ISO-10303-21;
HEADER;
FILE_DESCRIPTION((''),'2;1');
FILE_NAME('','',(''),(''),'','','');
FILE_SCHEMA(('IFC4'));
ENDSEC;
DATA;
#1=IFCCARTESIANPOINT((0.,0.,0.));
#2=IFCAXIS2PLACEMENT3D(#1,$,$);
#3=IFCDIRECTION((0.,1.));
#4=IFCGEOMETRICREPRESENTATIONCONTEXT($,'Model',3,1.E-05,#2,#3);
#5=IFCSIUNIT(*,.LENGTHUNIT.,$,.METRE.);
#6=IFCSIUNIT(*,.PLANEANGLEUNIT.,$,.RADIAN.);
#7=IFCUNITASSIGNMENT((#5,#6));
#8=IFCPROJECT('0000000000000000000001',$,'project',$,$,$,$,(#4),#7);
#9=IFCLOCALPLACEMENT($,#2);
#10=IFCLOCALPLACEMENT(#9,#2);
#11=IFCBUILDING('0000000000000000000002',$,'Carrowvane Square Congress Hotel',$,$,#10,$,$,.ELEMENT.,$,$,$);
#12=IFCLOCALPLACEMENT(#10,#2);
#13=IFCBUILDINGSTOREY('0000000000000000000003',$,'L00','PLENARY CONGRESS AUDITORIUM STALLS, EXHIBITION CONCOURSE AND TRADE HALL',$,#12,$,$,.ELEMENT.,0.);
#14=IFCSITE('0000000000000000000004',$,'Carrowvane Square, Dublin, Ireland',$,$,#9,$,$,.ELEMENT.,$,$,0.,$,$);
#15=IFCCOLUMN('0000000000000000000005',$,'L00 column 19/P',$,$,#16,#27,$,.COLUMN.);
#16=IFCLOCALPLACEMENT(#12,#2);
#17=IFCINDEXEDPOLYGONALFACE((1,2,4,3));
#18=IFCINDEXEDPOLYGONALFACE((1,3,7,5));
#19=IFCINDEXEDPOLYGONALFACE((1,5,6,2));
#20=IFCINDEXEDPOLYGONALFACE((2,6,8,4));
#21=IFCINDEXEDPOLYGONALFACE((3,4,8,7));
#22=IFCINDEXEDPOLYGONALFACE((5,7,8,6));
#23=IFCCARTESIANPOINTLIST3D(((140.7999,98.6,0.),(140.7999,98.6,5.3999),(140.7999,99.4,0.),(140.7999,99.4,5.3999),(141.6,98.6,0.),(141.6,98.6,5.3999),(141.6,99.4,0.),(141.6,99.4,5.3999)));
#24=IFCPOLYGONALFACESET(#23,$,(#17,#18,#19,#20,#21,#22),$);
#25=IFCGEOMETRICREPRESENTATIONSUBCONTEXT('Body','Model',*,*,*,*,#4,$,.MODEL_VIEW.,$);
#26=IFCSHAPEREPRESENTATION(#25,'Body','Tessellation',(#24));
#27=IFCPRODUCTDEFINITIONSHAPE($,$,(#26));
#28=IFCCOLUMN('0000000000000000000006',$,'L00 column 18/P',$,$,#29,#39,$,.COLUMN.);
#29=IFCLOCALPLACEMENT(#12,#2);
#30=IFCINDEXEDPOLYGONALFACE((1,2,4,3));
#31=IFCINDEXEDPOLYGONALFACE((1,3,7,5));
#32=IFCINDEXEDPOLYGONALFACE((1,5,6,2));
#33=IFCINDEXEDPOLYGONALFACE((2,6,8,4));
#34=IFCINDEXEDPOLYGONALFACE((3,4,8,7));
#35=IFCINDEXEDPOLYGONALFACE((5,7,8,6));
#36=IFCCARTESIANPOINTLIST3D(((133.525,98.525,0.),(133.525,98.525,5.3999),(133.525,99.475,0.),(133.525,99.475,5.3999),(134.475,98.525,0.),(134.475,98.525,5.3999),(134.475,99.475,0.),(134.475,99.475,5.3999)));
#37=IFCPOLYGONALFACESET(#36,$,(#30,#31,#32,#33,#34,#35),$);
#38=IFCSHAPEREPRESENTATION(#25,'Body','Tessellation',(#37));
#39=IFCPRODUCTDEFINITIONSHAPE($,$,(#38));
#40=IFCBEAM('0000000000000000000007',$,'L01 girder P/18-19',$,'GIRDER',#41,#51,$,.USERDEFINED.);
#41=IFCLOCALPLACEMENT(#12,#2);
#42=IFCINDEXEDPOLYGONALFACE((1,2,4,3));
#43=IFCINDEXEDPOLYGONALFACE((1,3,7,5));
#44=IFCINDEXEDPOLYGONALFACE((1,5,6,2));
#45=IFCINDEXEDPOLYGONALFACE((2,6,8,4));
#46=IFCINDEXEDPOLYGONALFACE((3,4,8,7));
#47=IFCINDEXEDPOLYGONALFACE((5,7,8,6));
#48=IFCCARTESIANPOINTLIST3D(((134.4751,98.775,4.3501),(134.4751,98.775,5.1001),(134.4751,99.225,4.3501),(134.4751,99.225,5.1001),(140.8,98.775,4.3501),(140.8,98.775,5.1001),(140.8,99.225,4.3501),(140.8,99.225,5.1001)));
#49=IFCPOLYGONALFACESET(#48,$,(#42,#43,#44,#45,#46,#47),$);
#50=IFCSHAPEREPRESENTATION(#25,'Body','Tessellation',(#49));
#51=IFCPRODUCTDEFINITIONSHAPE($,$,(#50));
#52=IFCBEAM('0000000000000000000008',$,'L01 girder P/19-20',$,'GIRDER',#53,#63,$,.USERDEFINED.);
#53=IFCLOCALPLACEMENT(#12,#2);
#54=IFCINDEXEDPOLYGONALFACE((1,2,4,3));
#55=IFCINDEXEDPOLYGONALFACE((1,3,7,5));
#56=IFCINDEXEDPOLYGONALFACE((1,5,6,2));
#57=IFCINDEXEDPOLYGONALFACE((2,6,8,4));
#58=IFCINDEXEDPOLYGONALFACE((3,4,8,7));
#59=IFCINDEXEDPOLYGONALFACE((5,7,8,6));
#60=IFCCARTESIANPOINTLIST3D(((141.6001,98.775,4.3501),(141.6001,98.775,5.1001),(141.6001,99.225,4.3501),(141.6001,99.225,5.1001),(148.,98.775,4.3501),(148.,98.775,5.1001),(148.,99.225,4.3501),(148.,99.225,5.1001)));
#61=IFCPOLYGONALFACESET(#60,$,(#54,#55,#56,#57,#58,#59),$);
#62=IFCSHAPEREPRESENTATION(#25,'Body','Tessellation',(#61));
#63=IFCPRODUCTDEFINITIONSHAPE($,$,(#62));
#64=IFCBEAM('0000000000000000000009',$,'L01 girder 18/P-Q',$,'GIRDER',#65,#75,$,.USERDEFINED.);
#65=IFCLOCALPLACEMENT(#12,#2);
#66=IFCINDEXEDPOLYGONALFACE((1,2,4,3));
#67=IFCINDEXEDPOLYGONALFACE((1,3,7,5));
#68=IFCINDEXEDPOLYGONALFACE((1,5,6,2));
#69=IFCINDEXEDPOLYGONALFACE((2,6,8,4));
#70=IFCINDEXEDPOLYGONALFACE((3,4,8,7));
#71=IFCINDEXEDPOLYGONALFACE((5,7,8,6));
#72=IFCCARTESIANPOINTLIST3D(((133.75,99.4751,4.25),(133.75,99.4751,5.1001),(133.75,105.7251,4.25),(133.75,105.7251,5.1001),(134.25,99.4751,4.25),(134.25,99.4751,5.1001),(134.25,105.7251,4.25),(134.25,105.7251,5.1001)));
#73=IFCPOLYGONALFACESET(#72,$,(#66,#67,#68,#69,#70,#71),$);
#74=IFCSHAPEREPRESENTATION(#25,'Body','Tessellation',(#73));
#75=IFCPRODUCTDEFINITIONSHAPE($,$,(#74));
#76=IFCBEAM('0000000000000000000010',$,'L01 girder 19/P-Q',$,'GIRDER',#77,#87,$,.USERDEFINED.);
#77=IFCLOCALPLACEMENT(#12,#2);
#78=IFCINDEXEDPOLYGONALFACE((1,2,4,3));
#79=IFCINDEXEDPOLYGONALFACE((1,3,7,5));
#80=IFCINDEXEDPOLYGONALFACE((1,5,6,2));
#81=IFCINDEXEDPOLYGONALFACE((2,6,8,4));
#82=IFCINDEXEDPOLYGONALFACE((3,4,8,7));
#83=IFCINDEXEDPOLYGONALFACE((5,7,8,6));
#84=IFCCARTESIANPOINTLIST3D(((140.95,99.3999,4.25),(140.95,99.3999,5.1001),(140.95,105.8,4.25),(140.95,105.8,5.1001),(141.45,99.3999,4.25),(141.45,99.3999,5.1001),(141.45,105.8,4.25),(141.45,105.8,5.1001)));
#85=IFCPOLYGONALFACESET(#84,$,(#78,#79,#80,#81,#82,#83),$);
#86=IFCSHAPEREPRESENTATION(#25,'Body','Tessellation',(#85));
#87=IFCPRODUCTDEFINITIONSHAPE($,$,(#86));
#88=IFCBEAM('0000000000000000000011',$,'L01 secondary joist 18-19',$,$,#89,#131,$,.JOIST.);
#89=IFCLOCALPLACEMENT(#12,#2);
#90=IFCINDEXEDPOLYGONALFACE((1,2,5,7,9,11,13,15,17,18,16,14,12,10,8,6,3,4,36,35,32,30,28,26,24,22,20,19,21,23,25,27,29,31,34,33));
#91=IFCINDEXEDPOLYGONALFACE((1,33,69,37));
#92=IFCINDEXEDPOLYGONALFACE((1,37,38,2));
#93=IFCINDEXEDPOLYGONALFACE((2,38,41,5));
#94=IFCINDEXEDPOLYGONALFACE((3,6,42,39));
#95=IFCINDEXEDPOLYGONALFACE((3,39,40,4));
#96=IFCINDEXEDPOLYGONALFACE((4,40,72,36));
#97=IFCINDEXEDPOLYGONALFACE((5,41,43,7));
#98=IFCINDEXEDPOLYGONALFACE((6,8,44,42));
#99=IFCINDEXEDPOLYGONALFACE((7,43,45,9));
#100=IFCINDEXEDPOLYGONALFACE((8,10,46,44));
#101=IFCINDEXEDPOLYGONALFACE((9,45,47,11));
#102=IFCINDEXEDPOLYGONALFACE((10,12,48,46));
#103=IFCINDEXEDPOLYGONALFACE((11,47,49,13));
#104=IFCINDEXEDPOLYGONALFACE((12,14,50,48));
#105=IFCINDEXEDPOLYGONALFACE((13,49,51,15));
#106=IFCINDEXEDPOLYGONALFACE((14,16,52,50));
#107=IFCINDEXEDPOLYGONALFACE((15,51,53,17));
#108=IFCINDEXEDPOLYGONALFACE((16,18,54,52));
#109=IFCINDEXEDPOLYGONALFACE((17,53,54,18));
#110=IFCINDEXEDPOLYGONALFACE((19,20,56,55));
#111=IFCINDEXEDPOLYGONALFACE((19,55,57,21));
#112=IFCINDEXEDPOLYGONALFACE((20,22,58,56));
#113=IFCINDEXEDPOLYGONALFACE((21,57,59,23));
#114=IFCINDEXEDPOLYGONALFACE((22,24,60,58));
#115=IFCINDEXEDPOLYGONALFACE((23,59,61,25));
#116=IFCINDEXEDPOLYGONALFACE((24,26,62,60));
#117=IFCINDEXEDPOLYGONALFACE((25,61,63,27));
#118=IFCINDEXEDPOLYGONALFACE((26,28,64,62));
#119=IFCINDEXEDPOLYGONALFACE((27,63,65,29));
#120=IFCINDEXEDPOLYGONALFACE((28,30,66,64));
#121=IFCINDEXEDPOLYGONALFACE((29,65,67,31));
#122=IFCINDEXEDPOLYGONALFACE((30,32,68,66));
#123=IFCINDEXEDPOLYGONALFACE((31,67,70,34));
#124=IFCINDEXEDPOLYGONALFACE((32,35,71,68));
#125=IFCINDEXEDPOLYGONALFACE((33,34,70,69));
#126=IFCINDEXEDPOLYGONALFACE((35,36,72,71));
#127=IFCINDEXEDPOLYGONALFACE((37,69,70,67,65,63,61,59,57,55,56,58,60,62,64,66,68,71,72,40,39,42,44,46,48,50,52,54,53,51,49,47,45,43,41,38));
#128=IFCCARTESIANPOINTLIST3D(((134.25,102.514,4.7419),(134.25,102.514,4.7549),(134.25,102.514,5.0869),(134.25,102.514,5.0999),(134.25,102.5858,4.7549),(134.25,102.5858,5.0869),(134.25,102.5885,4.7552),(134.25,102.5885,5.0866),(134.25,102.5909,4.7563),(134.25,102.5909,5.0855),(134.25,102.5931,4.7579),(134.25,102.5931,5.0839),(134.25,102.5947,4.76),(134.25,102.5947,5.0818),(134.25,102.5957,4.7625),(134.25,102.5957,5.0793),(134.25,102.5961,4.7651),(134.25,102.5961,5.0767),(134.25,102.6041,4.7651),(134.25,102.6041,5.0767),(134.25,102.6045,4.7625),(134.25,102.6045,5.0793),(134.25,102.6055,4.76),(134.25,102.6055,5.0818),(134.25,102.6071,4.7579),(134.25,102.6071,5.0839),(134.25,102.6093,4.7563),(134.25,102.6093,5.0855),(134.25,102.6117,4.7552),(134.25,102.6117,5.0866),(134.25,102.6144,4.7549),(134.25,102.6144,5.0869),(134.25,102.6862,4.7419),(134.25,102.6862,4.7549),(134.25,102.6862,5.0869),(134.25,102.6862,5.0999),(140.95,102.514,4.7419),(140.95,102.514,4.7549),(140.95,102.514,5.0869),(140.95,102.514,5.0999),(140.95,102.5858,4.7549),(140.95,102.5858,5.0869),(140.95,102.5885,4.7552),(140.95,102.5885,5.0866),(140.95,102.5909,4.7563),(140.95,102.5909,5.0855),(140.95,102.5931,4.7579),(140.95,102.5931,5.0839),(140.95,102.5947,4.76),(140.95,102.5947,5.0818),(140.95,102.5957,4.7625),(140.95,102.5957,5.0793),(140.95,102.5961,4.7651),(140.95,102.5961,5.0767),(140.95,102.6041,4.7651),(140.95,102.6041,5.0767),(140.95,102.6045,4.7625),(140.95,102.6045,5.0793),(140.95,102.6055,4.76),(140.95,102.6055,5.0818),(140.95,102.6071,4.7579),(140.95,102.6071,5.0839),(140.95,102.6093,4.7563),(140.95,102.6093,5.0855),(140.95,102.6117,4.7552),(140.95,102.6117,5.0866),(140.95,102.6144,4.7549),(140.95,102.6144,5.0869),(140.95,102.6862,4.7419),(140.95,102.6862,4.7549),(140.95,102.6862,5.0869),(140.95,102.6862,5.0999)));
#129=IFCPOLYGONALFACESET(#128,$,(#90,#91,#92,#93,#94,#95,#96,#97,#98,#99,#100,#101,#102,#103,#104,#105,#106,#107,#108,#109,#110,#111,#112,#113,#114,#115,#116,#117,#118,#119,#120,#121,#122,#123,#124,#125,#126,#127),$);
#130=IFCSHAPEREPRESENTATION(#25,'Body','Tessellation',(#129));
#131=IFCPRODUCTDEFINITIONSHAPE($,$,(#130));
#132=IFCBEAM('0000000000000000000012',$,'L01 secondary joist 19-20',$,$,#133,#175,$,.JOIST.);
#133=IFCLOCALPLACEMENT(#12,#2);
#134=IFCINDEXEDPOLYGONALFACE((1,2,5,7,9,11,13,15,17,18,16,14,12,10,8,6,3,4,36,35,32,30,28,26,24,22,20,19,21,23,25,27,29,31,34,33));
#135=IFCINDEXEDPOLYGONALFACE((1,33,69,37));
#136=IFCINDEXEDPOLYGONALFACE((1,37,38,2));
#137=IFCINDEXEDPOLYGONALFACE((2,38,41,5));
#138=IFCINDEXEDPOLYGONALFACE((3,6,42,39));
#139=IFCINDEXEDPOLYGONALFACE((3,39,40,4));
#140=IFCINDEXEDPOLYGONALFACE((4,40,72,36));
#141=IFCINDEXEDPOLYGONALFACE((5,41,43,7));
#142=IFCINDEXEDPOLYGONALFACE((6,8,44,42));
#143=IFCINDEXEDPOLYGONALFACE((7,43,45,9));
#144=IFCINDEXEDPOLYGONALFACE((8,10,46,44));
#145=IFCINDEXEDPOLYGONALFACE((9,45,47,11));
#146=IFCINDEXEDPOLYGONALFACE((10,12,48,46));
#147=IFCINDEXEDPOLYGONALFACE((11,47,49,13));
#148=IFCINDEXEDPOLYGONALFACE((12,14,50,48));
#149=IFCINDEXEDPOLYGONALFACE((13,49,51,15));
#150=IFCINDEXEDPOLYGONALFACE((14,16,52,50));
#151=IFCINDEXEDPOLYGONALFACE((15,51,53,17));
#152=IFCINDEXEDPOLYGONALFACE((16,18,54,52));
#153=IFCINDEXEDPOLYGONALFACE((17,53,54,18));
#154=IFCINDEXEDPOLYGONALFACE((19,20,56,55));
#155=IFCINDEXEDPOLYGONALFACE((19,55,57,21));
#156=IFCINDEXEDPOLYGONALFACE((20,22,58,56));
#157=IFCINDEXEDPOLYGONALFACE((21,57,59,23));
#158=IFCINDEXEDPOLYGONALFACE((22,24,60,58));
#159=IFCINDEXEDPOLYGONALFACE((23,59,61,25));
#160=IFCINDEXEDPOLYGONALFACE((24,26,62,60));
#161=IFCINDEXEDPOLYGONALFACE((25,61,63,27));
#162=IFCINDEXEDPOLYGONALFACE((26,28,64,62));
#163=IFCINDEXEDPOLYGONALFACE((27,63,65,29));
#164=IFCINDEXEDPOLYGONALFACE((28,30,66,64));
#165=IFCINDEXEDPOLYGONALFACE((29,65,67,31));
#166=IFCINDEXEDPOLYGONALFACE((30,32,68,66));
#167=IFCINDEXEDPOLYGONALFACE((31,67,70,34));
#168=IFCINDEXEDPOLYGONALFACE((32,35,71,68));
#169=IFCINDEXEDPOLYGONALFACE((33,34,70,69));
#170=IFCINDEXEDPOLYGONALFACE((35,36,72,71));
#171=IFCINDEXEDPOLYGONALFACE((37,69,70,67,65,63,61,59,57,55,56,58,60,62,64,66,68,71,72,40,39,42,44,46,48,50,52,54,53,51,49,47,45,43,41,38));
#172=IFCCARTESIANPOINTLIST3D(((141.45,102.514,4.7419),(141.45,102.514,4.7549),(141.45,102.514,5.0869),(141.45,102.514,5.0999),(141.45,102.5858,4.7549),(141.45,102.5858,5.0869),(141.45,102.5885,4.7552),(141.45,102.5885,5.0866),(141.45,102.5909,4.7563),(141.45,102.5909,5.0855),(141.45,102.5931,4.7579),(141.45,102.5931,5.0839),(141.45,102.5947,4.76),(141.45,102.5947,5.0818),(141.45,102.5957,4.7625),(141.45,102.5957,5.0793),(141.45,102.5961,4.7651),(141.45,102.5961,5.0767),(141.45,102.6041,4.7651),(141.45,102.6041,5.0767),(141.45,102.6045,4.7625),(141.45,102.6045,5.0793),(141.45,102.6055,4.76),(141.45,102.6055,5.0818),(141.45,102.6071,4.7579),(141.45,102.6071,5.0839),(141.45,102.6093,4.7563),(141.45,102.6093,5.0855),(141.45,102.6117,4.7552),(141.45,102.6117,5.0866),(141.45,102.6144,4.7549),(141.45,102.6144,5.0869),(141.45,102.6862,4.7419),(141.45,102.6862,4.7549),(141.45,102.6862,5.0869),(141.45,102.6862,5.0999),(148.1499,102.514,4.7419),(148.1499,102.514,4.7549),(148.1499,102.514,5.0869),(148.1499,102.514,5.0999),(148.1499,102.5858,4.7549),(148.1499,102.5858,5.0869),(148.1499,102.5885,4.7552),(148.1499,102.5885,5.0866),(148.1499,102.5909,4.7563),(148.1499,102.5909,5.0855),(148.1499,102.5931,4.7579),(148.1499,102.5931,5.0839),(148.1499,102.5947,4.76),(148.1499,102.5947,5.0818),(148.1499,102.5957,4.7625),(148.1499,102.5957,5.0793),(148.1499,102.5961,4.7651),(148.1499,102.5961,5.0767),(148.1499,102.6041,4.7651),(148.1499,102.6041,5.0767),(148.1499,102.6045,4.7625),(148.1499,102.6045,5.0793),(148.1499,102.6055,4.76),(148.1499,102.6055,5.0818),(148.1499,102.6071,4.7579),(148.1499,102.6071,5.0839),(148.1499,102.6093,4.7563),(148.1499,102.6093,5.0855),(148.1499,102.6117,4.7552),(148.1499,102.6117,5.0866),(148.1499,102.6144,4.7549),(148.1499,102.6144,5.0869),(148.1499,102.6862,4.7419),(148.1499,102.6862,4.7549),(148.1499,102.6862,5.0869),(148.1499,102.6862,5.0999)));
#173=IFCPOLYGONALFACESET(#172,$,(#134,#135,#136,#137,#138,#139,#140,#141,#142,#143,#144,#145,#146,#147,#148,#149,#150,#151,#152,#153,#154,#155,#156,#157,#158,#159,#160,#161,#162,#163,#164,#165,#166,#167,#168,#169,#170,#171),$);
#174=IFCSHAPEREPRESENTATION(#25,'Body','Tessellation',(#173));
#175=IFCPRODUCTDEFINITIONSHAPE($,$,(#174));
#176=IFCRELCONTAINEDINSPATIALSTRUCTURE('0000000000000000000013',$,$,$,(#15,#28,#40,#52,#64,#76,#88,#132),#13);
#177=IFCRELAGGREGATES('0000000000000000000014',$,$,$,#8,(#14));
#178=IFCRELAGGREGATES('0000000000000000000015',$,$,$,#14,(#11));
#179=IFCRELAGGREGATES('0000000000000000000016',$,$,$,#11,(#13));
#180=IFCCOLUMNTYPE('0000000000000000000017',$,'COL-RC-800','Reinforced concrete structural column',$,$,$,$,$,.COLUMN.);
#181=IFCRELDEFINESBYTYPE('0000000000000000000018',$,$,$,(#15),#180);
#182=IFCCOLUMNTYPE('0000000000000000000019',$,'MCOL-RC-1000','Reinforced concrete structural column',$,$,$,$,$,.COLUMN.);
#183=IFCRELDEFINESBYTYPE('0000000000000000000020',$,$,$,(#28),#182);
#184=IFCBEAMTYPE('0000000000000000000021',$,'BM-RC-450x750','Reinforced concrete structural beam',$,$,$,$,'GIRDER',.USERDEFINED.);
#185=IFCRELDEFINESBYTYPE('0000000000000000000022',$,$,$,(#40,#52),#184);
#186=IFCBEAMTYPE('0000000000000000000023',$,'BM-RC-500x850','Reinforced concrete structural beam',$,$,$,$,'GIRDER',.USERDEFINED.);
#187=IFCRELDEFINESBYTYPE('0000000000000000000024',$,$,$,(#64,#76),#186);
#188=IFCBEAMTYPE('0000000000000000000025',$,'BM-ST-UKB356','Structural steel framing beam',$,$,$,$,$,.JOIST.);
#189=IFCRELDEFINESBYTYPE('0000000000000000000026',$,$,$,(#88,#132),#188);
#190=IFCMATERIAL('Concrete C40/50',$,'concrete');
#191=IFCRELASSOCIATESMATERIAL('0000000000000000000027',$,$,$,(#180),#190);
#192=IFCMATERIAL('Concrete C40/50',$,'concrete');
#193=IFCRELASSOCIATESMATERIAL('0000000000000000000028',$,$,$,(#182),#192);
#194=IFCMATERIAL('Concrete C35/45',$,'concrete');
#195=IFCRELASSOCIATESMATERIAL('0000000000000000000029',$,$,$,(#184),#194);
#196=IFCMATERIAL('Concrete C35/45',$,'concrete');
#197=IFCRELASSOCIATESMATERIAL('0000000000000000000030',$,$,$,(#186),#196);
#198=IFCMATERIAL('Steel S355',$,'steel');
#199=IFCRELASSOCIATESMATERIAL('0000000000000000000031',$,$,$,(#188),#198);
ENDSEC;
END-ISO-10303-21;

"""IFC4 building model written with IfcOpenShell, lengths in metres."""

from ifc_helpers import new_model, si_unit, direction, frame, origin, origin_2d, place, context, subcontext, project, spatial, rectangle, i_section, extrude, material, material_profile, profile_set, type_object, element, save


model = new_model("IFC4")

# Units and contexts
model_context = context("Model", 3, precision=1e-05, world=origin(), true_north=direction((0.0, 1.0)))
body_context = subcontext(model_context, "Body", "Model", "MODEL_VIEW")
ifc_project = project(units=[si_unit("LENGTHUNIT", "METRE"), si_unit("PLANEANGLEUNIT", "RADIAN")], contexts=[model_context])

# Site, building, storey
site_placement = place(None, origin())
site = spatial("IfcSite", under=ifc_project, at=site_placement, Name="Carrowvane Square, Dublin, Ireland", CompositionType="ELEMENT", RefElevation=0.0)
building_placement = place(site_placement, origin())
building = spatial("IfcBuilding", under=site, at=building_placement, Name="Carrowvane Square Congress Hotel", CompositionType="ELEMENT")
storey_placement = place(building_placement, origin())
storey = spatial("IfcBuildingStorey", under=building, at=storey_placement, Name="L00", Description="PLENARY CONGRESS AUDITORIUM STALLS, EXHIBITION CONCOURSE AND TRADE HALL", CompositionType="ELEMENT", Elevation=0.0)

# Columns
ifc_material_1 = material(Name="Concrete C40/50", Category="concrete")
ifc_material_profile_1 = material_profile(ifc_material_1, rectangle(XDim=0.8, YDim=0.8, at=origin_2d()), Name="RC 800x800")
ifc_profile_set_1 = profile_set([ifc_material_profile_1], Name="Concrete C40/50")
column_type_1 = type_object("IfcColumnType", Name="COL-RC-800", Description="Reinforced concrete structural column", PredefinedType="COLUMN", material=ifc_profile_set_1)
column_1_placement = place(storey_placement, frame((141.2, 99.0, 0.0), z_axis=(0.0, 0.0, 1.0), x_axis=(1.0, 0.0, 0.0)))
element("IfcColumn", 1, at=column_1_placement, inside=storey, type_object=column_type_1, Name="L00 column 19/P", PredefinedType="COLUMN", context=body_context, shape_type="SweptSolid", body=[
    extrude(rectangle(XDim=0.8, YDim=0.8, at=origin_2d()), origin(), (0.0, 0.0, 1.0), 5.3999),
])
ifc_material_2 = material(Name="Concrete C40/50", Category="concrete")
ifc_material_profile_2 = material_profile(ifc_material_2, rectangle(XDim=0.95, YDim=0.95, at=origin_2d()), Name="RC 950x950")
ifc_profile_set_2 = profile_set([ifc_material_profile_2], Name="Concrete C40/50")
column_type_2 = type_object("IfcColumnType", Name="MCOL-RC-1000", Description="Reinforced concrete structural column", PredefinedType="COLUMN", material=ifc_profile_set_2)
column_2_placement = place(storey_placement, frame((134.0, 99.0, 0.0), z_axis=(0.0, 0.0, 1.0), x_axis=(1.0, 0.0, 0.0)))
element("IfcColumn", 2, at=column_2_placement, inside=storey, type_object=column_type_2, Name="L00 column 18/P", PredefinedType="COLUMN", context=body_context, shape_type="SweptSolid", body=[
    extrude(rectangle(XDim=0.95, YDim=0.95, at=origin_2d()), origin(), (0.0, 0.0, 1.0), 5.3999),
])

# Beams
ifc_material_3 = material(Name="Concrete C35/45", Category="concrete")
ifc_material_profile_3 = material_profile(ifc_material_3, rectangle(XDim=0.45, YDim=0.75, at=origin_2d()), Name="RC 450x750")
ifc_profile_set_3 = profile_set([ifc_material_profile_3], Name="Concrete C35/45")
beam_type_1 = type_object("IfcBeamType", Name="BM-RC-450x750", Description="Reinforced concrete structural beam", ElementType="GIRDER", PredefinedType="USERDEFINED", material=ifc_profile_set_3)
beam_1_placement = place(storey_placement, frame((134.4751, 99.0, 4.7251), z_axis=(1.0, 0.0, 0.0), x_axis=(0.0, 1.0, 0.0)))
element("IfcBeam", 3, at=beam_1_placement, inside=storey, type_object=beam_type_1, Name="L01 girder P/18-19", ObjectType="GIRDER", PredefinedType="USERDEFINED", context=body_context, shape_type="SweptSolid", body=[
    extrude(rectangle(XDim=0.45, YDim=0.75, at=origin_2d()), origin(), (0.0, 0.0, 1.0), 6.325),
])
beam_2_placement = place(storey_placement, frame((141.6001, 99.0, 4.7251), z_axis=(1.0, 0.0, 0.0), x_axis=(0.0, 1.0, 0.0)))
element("IfcBeam", 4, at=beam_2_placement, inside=storey, type_object=beam_type_1, Name="L01 girder P/19-20", ObjectType="GIRDER", PredefinedType="USERDEFINED", context=body_context, shape_type="SweptSolid", body=[
    extrude(rectangle(XDim=0.45, YDim=0.75, at=origin_2d()), origin(), (0.0, 0.0, 1.0), 6.3999),
])
ifc_material_4 = material(Name="Concrete C35/45", Category="concrete")
ifc_material_profile_4 = material_profile(ifc_material_4, rectangle(XDim=0.5, YDim=0.8501, at=origin_2d()), Name="RC 500x850")
ifc_profile_set_4 = profile_set([ifc_material_profile_4], Name="Concrete C35/45")
beam_type_2 = type_object("IfcBeamType", Name="BM-RC-500x850", Description="Reinforced concrete structural beam", ElementType="GIRDER", PredefinedType="USERDEFINED", material=ifc_profile_set_4)
beam_3_placement = place(storey_placement, frame((134.0, 99.4751, 4.675), z_axis=(0.0, 1.0, 0.0), x_axis=(-1.0, 0.0, 0.0)))
element("IfcBeam", 5, at=beam_3_placement, inside=storey, type_object=beam_type_2, Name="L01 girder 18/P-Q", ObjectType="GIRDER", PredefinedType="USERDEFINED", context=body_context, shape_type="SweptSolid", body=[
    extrude(rectangle(XDim=0.5, YDim=0.8501, at=origin_2d()), origin(), (0.0, 0.0, 1.0), 6.25),
])
beam_4_placement = place(storey_placement, frame((141.2, 99.3999, 4.675), z_axis=(0.0, 1.0, 0.0), x_axis=(-1.0, 0.0, 0.0)))
element("IfcBeam", 6, at=beam_4_placement, inside=storey, type_object=beam_type_2, Name="L01 girder 19/P-Q", ObjectType="GIRDER", PredefinedType="USERDEFINED", context=body_context, shape_type="SweptSolid", body=[
    extrude(rectangle(XDim=0.5, YDim=0.8501, at=origin_2d()), origin(), (0.0, 0.0, 1.0), 6.4001),
])
ifc_material_5 = material(Name="Steel S355", Category="steel")
ifc_material_profile_5 = material_profile(ifc_material_5, i_section(OverallWidth=0.1721, OverallDepth=0.3579, WebThickness=0.0081, FlangeThickness=0.0129, FilletRadius=0.0103, at=origin_2d()), Name="UKB 356x171x57")
ifc_profile_set_5 = profile_set([ifc_material_profile_5], Name="Steel S355")
beam_type_3 = type_object("IfcBeamType", Name="BM-ST-UKB356", Description="Structural steel framing beam", PredefinedType="JOIST", material=ifc_profile_set_5)
for number, where, z_axis, x_axis, name in (
    (7, (134.25, 102.6001, 4.9209), (1.0, 0.0, 0.0), (0.0, 1.0, 0.0), "L01 secondary joist 18-19"),
    (8, (141.45, 102.6001, 4.9209), (1.0, 0.0, 0.0), (0.0, 1.0, 0.0), "L01 secondary joist 19-20"),
):
    element("IfcBeam", number, at=place(storey_placement, frame(where, z_axis=z_axis, x_axis=x_axis)), inside=storey, type_object=beam_type_3, Name=name, PredefinedType="JOIST", context=body_context, shape_type="SweptSolid", body=[
        extrude(i_section(OverallWidth=0.1721, OverallDepth=0.3579, WebThickness=0.0081, FlangeThickness=0.0129, FilletRadius=0.0103, at=origin_2d()), origin(), (0.0, 0.0, 1.0), 6.7),
    ])

save(model, "model.ifc")
